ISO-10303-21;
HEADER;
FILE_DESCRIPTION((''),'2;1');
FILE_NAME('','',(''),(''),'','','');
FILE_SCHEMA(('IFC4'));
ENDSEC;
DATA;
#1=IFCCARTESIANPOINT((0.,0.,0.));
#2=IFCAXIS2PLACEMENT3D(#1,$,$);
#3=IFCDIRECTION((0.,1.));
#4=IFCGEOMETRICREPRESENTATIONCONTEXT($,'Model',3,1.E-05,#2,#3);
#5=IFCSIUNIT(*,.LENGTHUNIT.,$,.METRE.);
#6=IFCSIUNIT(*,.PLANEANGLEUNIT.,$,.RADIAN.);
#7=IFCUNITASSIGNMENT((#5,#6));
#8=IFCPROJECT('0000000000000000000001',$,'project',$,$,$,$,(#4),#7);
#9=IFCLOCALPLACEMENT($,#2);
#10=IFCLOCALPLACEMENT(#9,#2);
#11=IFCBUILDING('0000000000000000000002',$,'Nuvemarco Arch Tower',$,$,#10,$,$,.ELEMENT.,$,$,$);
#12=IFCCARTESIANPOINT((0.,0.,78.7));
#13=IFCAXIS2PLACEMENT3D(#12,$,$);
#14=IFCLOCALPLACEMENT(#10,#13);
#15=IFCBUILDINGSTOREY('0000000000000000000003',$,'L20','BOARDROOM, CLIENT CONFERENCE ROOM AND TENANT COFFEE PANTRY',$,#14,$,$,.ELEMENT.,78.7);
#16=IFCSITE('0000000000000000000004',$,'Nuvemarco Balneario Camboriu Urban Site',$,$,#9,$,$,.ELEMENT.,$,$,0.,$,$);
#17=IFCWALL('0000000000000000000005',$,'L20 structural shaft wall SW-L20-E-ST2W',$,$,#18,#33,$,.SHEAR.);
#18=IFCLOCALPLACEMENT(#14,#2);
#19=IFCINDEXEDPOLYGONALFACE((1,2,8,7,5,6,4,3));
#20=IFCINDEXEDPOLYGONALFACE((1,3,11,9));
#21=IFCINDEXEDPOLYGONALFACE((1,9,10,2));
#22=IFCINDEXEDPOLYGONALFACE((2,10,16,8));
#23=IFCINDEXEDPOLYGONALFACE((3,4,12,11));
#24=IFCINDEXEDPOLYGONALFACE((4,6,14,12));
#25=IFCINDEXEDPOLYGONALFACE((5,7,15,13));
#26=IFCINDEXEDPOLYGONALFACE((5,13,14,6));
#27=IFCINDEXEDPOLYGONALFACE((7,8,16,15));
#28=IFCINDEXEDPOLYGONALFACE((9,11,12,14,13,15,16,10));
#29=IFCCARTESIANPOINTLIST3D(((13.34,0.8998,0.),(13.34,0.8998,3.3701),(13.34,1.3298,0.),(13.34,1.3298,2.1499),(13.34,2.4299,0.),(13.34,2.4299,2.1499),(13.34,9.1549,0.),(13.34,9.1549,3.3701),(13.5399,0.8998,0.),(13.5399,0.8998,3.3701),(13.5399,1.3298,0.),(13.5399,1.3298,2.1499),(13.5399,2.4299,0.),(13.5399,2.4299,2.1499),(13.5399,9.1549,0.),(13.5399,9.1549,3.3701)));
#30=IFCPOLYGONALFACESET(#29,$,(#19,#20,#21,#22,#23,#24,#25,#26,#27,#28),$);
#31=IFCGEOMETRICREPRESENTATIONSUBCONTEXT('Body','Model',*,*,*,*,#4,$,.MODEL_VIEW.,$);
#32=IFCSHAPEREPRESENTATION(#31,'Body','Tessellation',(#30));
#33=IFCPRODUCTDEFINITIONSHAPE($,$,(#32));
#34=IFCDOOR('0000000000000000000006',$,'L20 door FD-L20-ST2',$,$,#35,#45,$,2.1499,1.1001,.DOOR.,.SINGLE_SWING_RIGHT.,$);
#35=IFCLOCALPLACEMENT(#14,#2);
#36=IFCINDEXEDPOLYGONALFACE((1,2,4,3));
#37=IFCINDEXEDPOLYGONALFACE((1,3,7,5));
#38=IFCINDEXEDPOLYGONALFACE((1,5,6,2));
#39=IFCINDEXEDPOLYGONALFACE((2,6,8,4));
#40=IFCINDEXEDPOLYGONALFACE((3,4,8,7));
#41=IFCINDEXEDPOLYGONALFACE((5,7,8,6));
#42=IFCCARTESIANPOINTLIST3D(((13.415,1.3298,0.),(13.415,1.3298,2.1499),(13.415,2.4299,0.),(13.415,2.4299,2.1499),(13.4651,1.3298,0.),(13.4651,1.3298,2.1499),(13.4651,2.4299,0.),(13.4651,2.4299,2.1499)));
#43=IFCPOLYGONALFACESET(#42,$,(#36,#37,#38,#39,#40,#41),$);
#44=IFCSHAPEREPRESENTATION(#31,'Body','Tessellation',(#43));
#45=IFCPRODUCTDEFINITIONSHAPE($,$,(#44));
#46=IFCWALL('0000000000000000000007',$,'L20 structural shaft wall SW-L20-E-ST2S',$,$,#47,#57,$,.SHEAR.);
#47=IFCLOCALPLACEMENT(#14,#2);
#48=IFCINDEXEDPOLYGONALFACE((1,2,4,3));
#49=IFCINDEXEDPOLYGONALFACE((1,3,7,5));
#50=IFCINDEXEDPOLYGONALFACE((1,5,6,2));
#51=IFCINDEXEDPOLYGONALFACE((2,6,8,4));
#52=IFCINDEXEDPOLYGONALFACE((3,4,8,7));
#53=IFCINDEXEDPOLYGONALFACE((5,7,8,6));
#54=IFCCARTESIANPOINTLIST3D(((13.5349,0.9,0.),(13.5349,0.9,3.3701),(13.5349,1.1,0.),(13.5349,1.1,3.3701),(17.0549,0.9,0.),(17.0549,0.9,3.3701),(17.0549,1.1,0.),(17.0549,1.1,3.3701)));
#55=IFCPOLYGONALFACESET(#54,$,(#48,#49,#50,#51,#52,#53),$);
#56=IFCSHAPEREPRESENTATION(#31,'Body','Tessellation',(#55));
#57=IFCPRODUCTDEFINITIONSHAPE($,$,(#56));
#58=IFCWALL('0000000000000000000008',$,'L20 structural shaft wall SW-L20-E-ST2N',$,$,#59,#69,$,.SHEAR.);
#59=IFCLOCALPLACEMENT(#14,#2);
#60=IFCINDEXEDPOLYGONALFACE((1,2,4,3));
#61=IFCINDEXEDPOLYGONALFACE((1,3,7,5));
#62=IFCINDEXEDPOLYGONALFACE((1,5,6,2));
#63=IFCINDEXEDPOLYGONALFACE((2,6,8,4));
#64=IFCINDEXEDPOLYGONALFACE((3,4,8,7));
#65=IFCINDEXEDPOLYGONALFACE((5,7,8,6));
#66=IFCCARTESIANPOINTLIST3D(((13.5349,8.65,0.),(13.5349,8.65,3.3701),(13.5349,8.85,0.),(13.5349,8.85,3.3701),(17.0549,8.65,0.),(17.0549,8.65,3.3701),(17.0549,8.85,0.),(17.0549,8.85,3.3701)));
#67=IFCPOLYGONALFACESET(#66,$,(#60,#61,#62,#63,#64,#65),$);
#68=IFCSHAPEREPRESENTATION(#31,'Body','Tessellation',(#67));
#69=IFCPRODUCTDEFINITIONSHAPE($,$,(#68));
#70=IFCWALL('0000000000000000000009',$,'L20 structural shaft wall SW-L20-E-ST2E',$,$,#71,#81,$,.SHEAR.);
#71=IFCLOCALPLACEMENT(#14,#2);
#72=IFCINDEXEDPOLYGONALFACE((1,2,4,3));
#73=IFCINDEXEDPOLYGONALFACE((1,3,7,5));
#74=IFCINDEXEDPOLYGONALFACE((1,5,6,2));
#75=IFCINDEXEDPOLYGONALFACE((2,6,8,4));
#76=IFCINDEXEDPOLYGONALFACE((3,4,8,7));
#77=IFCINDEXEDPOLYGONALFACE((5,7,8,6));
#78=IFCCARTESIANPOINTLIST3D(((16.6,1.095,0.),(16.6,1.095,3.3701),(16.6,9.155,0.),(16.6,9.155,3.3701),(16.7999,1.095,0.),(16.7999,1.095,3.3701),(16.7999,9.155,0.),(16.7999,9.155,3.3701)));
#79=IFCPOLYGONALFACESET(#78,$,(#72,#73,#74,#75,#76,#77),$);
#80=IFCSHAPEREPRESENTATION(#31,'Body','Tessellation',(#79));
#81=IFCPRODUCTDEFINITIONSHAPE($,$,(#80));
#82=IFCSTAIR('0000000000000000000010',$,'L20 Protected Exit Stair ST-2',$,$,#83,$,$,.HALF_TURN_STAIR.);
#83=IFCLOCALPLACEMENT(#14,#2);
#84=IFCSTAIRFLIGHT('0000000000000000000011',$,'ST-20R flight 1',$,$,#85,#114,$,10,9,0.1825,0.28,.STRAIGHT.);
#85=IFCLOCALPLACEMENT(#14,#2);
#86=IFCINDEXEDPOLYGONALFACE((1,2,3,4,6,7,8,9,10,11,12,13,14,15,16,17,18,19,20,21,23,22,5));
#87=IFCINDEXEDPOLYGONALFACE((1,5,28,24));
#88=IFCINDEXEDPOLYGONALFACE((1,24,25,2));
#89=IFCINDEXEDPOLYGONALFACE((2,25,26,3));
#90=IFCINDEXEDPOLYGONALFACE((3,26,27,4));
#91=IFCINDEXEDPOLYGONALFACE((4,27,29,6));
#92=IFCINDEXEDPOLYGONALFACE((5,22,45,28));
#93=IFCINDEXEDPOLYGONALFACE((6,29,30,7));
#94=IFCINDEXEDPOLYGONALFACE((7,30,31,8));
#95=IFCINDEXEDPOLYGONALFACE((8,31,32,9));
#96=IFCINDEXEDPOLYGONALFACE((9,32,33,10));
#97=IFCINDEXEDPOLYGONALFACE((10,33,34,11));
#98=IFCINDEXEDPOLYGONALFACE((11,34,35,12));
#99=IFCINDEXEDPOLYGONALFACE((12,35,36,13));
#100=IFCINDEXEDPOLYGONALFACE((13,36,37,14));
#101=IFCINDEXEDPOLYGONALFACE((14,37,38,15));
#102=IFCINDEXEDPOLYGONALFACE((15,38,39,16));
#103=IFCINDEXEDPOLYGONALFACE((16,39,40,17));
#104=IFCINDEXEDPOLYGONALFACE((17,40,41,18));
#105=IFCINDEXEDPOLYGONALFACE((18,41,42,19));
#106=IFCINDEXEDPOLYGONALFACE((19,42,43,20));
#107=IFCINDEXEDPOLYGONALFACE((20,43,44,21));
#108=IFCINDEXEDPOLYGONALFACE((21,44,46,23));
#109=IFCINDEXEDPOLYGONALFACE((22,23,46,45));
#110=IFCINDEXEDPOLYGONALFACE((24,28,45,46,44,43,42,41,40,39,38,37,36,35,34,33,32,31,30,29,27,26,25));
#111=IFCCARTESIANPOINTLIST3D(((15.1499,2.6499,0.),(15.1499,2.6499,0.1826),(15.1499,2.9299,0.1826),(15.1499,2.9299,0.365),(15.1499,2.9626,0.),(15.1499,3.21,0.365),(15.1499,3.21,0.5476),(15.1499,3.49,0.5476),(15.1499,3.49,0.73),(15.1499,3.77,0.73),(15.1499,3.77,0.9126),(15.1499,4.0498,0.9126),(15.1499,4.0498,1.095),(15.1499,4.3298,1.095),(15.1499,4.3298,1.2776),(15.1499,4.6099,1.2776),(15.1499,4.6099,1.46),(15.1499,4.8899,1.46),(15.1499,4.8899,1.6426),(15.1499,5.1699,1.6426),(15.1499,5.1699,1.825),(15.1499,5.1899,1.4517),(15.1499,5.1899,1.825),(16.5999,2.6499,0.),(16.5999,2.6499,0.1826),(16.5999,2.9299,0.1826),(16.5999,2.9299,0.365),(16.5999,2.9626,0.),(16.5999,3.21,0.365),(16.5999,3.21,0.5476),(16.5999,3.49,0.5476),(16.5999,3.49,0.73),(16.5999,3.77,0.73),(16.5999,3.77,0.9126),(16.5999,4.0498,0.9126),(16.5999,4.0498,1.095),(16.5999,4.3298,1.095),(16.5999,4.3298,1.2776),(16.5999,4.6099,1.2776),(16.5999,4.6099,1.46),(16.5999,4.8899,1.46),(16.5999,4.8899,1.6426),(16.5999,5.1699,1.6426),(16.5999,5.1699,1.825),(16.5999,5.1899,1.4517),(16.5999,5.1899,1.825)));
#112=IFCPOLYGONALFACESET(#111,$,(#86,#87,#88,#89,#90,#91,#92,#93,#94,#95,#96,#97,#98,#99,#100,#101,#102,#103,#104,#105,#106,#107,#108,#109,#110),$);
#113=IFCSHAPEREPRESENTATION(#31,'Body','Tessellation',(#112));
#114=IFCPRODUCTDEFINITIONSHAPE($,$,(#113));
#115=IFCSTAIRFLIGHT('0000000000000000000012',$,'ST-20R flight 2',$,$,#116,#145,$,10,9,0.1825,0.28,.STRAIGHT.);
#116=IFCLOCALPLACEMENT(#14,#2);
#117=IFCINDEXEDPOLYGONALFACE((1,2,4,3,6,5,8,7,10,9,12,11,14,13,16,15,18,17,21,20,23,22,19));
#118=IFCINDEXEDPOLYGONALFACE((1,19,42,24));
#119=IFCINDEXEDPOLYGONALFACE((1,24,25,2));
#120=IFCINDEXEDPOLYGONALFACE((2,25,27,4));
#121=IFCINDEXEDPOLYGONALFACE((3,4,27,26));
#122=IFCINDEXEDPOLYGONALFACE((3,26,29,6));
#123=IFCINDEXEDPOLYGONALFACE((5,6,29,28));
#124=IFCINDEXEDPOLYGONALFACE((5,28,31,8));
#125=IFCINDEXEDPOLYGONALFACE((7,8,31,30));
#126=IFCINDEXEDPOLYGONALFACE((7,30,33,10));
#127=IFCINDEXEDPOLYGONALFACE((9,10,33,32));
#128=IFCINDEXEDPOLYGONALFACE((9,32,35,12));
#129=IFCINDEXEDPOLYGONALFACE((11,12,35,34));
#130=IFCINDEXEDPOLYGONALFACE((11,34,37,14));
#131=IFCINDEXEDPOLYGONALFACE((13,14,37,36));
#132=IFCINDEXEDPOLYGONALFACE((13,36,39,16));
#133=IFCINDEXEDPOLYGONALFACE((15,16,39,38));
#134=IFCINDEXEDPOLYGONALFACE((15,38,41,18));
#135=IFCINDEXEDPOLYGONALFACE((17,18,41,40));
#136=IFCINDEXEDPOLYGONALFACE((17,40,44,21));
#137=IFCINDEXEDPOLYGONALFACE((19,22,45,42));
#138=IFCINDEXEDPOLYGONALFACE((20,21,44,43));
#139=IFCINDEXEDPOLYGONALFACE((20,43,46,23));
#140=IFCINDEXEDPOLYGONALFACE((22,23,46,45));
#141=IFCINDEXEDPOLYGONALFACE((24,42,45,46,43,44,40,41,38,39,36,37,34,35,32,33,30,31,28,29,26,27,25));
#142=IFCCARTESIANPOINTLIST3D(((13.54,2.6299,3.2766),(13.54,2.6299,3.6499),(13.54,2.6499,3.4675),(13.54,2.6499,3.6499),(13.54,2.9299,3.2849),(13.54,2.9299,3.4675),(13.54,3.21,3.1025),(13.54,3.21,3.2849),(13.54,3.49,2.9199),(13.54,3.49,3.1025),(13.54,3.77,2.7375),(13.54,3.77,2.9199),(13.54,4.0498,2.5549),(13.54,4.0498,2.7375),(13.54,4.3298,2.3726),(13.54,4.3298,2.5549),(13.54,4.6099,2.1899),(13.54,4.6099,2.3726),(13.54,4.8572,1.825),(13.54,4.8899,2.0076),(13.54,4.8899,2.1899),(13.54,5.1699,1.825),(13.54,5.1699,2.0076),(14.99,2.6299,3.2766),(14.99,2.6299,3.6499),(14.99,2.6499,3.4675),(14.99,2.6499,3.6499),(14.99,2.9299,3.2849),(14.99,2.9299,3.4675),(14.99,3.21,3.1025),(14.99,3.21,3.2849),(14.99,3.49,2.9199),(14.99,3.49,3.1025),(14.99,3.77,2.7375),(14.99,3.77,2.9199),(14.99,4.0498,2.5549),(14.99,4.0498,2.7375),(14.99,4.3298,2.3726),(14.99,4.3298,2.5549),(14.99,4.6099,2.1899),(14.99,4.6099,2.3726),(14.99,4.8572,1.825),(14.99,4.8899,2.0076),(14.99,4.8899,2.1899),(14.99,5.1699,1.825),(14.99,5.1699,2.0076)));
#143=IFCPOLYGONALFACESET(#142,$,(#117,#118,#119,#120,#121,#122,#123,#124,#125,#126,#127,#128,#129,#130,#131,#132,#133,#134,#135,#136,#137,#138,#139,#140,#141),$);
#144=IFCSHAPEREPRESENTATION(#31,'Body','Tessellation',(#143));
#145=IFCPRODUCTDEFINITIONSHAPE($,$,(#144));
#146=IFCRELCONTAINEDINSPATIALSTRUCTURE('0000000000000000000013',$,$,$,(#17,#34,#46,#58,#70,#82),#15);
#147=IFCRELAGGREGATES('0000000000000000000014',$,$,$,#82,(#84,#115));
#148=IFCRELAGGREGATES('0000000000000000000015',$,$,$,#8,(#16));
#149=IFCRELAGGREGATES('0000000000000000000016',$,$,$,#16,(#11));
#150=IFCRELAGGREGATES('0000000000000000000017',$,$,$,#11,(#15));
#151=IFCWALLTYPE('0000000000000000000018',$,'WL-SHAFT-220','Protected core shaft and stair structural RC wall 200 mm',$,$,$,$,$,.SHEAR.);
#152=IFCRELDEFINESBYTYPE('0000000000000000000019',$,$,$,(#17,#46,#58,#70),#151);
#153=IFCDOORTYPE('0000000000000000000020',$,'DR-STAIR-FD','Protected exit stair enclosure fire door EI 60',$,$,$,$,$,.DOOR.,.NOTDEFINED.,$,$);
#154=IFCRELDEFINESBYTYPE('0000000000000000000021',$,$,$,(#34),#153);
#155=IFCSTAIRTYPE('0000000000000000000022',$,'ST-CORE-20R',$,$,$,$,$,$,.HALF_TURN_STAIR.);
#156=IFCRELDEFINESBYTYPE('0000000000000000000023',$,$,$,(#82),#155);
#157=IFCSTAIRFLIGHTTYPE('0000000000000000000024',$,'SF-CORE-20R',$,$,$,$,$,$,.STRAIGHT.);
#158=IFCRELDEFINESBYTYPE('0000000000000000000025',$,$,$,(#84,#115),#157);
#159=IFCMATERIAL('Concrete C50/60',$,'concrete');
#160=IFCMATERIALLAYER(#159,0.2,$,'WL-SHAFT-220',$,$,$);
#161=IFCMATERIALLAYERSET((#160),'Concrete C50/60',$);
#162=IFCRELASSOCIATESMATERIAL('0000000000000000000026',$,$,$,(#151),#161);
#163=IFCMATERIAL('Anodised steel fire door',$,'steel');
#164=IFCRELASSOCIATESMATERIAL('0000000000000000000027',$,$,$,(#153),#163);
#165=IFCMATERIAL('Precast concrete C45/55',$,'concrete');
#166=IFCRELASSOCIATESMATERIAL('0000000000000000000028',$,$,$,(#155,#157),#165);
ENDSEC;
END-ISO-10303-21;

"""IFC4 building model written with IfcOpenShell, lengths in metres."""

from ifc_helpers import new_model, si_unit, direction, frame, frame_2d, origin, place, context, subcontext, project, spatial, polyline, rectangle, outline, extrude, source, transform, mapped, material, layer, layer_set, type_object, type_shapes, element, fill, aggregate, save


model = new_model("IFC4")

# Units and contexts
model_context = context("Model", 3, precision=1e-05, world=origin(), true_north=direction((0.0, 1.0)))
body_context = subcontext(model_context, "Body", "Model", "MODEL_VIEW")
ifc_project = project(units=[si_unit("LENGTHUNIT", "METRE"), si_unit("PLANEANGLEUNIT", "RADIAN")], contexts=[model_context])

# Site, building, storey
site_placement = place(None, origin())
site = spatial("IfcSite", under=ifc_project, at=site_placement, Name="Nuvemarco Balneario Camboriu Urban Site", CompositionType="ELEMENT", RefElevation=0.0)
building_placement = place(site_placement, origin())
building = spatial("IfcBuilding", under=site, at=building_placement, Name="Nuvemarco Arch Tower", CompositionType="ELEMENT")
storey_placement = place(building_placement, frame((0.0, 0.0, 78.7)))
storey = spatial("IfcBuildingStorey", under=building, at=storey_placement, Name="L20", Description="BOARDROOM, CLIENT CONFERENCE ROOM AND TENANT COFFEE PANTRY", CompositionType="ELEMENT", Elevation=78.7)

# Shared definitions
ifc_material_1 = material(Name="Precast concrete C45/55", Category="concrete")

# Wall, opening, door
ifc_material_2 = material(Name="Concrete C50/60", Category="concrete")
ifc_layer = layer(ifc_material_2, 0.2, Name="WL-SHAFT-220")
ifc_layer_set = layer_set([ifc_layer], Name="Concrete C50/60")
wall_type = type_object("IfcWallType", Name="WL-SHAFT-220", Description="Protected core shaft and stair structural RC wall 200 mm", PredefinedType="SHEAR", material=ifc_layer_set)
wall_1_placement = place(storey_placement, frame((13.4399, 0.8999, 0.0), z_axis=(0.0, 0.0, 1.0), x_axis=(0.0, 1.0, 0.0)))
wall_1 = element("IfcWall", 1, at=wall_1_placement, inside=storey, type_object=wall_type, Name="L20 structural shaft wall SW-L20-E-ST2W", PredefinedType="SHEAR", context=body_context, shape_type="SweptSolid", body=[
    extrude(rectangle(XDim=8.2551, YDim=0.2, at=frame_2d((4.1274, 0.0))), origin(), (0.0, 0.0, 1.0), 3.3701),
])
opening_placement = place(wall_1_placement, frame((0.4299, 0.0, 0.0)))
opening = element("IfcOpeningElement", 2, at=opening_placement, cuts=wall_1, PredefinedType="OPENING", context=body_context, shape_type="SweptSolid", body=[
    extrude(rectangle(XDim=1.1001, YDim=2.1499, at=frame_2d((0.55, 1.075))), frame((0.0, 0.1099, 0.0), z_axis=(0.0, -1.0, 0.0), x_axis=(1.0, 0.0, 0.0)), (0.0, 0.0, 1.0), 0.22),
])
ifc_material_3 = material(Name="Anodised steel fire door", Category="steel")
door_type = type_object("IfcDoorType", Name="DR-STAIR-FD", Description="Protected exit stair enclosure fire door EI 60", OperationType="NOTDEFINED", PredefinedType="DOOR", material=ifc_material_3)
shared_shape_1 = source(origin(), body_context, "Body", "SweptSolid", [
    extrude(rectangle(XDim=1.1001, YDim=2.1499, at=frame_2d((0.55, 1.075))), frame((0.0, 0.0249, 0.0), z_axis=(0.0, -1.0, 0.0), x_axis=(1.0, 0.0, 0.0)), (0.0, 0.0, 1.0), 0.05),
])
type_shapes(door_type, [shared_shape_1])
door_placement = place(opening_placement, origin())
door = element("IfcDoor", 3, at=door_placement, inside=storey, type_object=door_type, Name="L20 door FD-L20-ST2", OperationType="SINGLE_SWING_RIGHT", OverallHeight=2.1499, OverallWidth=1.1001, PredefinedType="DOOR", context=body_context, shape_type="MappedRepresentation", body=[
    mapped(shared_shape_1, transform((0.0, 0.0, 0.0), scale=1.0)),
])
fill(opening, door)

# Walls
for number, where, z_axis, x_axis, name in (
    (4, (13.5349, 1.0, 0.0), (0.0, 0.0, 1.0), (1.0, 0.0, 0.0), "L20 structural shaft wall SW-L20-E-ST2S"),
    (5, (13.5349, 8.75, 0.0), (0.0, 0.0, 1.0), (1.0, 0.0, 0.0), "L20 structural shaft wall SW-L20-E-ST2N"),
):
    element("IfcWall", number, at=place(storey_placement, frame(where, z_axis=z_axis, x_axis=x_axis)), inside=storey, type_object=wall_type, Name=name, PredefinedType="SHEAR", context=body_context, shape_type="SweptSolid", body=[
        extrude(rectangle(XDim=3.52, YDim=0.2, at=frame_2d((1.76, 0.0))), origin(), (0.0, 0.0, 1.0), 3.3701),
    ])
wall_2_placement = place(storey_placement, frame((16.7, 1.095, 0.0), z_axis=(0.0, 0.0, 1.0), x_axis=(0.0, 1.0, 0.0)))
element("IfcWall", 6, at=wall_2_placement, inside=storey, type_object=wall_type, Name="L20 structural shaft wall SW-L20-E-ST2E", PredefinedType="SHEAR", context=body_context, shape_type="SweptSolid", body=[
    extrude(rectangle(XDim=8.0601, YDim=0.2, at=frame_2d((4.03, 0.0))), origin(), (0.0, 0.0, 1.0), 3.3701),
])

# Stair, stair flights
stair_type = type_object("IfcStairType", Name="ST-CORE-20R", PredefinedType="HALF_TURN_STAIR", material=ifc_material_1)
stair_placement = place(storey_placement, origin())
stair = element("IfcStair", 7, at=stair_placement, inside=storey, type_object=stair_type, Name="L20 Protected Exit Stair ST-2", PredefinedType="HALF_TURN_STAIR")
stair_flight_type = type_object("IfcStairFlightType", Name="SF-CORE-20R", PredefinedType="STRAIGHT", material=ifc_material_1)
stair_flight_1_placement = place(storey_placement, frame((15.875, 2.6499, 0.0), z_axis=(0.0, 0.0, 1.0), x_axis=(0.0, 1.0, 0.0)))
stair_flight_1 = element("IfcStairFlight", 8, at=stair_flight_1_placement, type_object=stair_flight_type, Name="ST-20R flight 1", NumberOfRisers=10, NumberOfTreads=9, PredefinedType="STRAIGHT", RiserHeight=0.1825, TreadLength=0.28, context=body_context, shape_type="SweptSolid", body=[
    extrude(outline(polyline([(0.0, 0.0), (0.0, 0.1826), (0.28, 0.1826), (0.28, 0.365), (0.5601, 0.365), (0.5601, 0.5476), (0.8401, 0.5476), (0.8401, 0.73), (1.1201, 0.73), (1.1201, 0.9126), (1.3999, 0.9126), (1.3999, 1.095), (1.6799, 1.095), (1.6799, 1.2776), (1.96, 1.2776), (1.96, 1.46), (2.24, 1.46), (2.24, 1.6426), (2.52, 1.6426), (2.52, 1.825), (2.54, 1.825), (2.54, 1.4517), (0.3127, 0.0), (0.0, 0.0)])), frame((0.0, 0.7251, 0.0), z_axis=(0.0, -1.0, 0.0), x_axis=(1.0, 0.0, 0.0)), (0.0, 0.0, 1.0), 1.45),
])
stair_flight_2_placement = place(storey_placement, frame((14.2649, 5.1699, 1.825), z_axis=(0.0, 0.0, 1.0), x_axis=(0.0, -1.0, 0.0)))
stair_flight_2 = element("IfcStairFlight", 9, at=stair_flight_2_placement, type_object=stair_flight_type, Name="ST-20R flight 2", NumberOfRisers=10, NumberOfTreads=9, PredefinedType="STRAIGHT", RiserHeight=0.1825, TreadLength=0.28, context=body_context, shape_type="SweptSolid", body=[
    extrude(outline(polyline([(0.0, 0.0), (0.0, 0.1826), (0.28, 0.1826), (0.28, 0.365), (0.5601, 0.365), (0.5601, 0.5476), (0.8401, 0.5476), (0.8401, 0.73), (1.1201, 0.73), (1.1201, 0.9126), (1.3999, 0.9126), (1.3999, 1.095), (1.6799, 1.095), (1.6799, 1.2776), (1.96, 1.2776), (1.96, 1.46), (2.24, 1.46), (2.24, 1.6426), (2.52, 1.6426), (2.52, 1.825), (2.54, 1.825), (2.54, 1.4517), (0.3127, 0.0), (0.0, 0.0)])), frame((0.0, 0.7251, 0.0), z_axis=(0.0, -1.0, 0.0), x_axis=(1.0, 0.0, 0.0)), (0.0, 0.0, 1.0), 1.45),
])
aggregate(stair, [stair_flight_1, stair_flight_2])

save(model, "model.ifc")
